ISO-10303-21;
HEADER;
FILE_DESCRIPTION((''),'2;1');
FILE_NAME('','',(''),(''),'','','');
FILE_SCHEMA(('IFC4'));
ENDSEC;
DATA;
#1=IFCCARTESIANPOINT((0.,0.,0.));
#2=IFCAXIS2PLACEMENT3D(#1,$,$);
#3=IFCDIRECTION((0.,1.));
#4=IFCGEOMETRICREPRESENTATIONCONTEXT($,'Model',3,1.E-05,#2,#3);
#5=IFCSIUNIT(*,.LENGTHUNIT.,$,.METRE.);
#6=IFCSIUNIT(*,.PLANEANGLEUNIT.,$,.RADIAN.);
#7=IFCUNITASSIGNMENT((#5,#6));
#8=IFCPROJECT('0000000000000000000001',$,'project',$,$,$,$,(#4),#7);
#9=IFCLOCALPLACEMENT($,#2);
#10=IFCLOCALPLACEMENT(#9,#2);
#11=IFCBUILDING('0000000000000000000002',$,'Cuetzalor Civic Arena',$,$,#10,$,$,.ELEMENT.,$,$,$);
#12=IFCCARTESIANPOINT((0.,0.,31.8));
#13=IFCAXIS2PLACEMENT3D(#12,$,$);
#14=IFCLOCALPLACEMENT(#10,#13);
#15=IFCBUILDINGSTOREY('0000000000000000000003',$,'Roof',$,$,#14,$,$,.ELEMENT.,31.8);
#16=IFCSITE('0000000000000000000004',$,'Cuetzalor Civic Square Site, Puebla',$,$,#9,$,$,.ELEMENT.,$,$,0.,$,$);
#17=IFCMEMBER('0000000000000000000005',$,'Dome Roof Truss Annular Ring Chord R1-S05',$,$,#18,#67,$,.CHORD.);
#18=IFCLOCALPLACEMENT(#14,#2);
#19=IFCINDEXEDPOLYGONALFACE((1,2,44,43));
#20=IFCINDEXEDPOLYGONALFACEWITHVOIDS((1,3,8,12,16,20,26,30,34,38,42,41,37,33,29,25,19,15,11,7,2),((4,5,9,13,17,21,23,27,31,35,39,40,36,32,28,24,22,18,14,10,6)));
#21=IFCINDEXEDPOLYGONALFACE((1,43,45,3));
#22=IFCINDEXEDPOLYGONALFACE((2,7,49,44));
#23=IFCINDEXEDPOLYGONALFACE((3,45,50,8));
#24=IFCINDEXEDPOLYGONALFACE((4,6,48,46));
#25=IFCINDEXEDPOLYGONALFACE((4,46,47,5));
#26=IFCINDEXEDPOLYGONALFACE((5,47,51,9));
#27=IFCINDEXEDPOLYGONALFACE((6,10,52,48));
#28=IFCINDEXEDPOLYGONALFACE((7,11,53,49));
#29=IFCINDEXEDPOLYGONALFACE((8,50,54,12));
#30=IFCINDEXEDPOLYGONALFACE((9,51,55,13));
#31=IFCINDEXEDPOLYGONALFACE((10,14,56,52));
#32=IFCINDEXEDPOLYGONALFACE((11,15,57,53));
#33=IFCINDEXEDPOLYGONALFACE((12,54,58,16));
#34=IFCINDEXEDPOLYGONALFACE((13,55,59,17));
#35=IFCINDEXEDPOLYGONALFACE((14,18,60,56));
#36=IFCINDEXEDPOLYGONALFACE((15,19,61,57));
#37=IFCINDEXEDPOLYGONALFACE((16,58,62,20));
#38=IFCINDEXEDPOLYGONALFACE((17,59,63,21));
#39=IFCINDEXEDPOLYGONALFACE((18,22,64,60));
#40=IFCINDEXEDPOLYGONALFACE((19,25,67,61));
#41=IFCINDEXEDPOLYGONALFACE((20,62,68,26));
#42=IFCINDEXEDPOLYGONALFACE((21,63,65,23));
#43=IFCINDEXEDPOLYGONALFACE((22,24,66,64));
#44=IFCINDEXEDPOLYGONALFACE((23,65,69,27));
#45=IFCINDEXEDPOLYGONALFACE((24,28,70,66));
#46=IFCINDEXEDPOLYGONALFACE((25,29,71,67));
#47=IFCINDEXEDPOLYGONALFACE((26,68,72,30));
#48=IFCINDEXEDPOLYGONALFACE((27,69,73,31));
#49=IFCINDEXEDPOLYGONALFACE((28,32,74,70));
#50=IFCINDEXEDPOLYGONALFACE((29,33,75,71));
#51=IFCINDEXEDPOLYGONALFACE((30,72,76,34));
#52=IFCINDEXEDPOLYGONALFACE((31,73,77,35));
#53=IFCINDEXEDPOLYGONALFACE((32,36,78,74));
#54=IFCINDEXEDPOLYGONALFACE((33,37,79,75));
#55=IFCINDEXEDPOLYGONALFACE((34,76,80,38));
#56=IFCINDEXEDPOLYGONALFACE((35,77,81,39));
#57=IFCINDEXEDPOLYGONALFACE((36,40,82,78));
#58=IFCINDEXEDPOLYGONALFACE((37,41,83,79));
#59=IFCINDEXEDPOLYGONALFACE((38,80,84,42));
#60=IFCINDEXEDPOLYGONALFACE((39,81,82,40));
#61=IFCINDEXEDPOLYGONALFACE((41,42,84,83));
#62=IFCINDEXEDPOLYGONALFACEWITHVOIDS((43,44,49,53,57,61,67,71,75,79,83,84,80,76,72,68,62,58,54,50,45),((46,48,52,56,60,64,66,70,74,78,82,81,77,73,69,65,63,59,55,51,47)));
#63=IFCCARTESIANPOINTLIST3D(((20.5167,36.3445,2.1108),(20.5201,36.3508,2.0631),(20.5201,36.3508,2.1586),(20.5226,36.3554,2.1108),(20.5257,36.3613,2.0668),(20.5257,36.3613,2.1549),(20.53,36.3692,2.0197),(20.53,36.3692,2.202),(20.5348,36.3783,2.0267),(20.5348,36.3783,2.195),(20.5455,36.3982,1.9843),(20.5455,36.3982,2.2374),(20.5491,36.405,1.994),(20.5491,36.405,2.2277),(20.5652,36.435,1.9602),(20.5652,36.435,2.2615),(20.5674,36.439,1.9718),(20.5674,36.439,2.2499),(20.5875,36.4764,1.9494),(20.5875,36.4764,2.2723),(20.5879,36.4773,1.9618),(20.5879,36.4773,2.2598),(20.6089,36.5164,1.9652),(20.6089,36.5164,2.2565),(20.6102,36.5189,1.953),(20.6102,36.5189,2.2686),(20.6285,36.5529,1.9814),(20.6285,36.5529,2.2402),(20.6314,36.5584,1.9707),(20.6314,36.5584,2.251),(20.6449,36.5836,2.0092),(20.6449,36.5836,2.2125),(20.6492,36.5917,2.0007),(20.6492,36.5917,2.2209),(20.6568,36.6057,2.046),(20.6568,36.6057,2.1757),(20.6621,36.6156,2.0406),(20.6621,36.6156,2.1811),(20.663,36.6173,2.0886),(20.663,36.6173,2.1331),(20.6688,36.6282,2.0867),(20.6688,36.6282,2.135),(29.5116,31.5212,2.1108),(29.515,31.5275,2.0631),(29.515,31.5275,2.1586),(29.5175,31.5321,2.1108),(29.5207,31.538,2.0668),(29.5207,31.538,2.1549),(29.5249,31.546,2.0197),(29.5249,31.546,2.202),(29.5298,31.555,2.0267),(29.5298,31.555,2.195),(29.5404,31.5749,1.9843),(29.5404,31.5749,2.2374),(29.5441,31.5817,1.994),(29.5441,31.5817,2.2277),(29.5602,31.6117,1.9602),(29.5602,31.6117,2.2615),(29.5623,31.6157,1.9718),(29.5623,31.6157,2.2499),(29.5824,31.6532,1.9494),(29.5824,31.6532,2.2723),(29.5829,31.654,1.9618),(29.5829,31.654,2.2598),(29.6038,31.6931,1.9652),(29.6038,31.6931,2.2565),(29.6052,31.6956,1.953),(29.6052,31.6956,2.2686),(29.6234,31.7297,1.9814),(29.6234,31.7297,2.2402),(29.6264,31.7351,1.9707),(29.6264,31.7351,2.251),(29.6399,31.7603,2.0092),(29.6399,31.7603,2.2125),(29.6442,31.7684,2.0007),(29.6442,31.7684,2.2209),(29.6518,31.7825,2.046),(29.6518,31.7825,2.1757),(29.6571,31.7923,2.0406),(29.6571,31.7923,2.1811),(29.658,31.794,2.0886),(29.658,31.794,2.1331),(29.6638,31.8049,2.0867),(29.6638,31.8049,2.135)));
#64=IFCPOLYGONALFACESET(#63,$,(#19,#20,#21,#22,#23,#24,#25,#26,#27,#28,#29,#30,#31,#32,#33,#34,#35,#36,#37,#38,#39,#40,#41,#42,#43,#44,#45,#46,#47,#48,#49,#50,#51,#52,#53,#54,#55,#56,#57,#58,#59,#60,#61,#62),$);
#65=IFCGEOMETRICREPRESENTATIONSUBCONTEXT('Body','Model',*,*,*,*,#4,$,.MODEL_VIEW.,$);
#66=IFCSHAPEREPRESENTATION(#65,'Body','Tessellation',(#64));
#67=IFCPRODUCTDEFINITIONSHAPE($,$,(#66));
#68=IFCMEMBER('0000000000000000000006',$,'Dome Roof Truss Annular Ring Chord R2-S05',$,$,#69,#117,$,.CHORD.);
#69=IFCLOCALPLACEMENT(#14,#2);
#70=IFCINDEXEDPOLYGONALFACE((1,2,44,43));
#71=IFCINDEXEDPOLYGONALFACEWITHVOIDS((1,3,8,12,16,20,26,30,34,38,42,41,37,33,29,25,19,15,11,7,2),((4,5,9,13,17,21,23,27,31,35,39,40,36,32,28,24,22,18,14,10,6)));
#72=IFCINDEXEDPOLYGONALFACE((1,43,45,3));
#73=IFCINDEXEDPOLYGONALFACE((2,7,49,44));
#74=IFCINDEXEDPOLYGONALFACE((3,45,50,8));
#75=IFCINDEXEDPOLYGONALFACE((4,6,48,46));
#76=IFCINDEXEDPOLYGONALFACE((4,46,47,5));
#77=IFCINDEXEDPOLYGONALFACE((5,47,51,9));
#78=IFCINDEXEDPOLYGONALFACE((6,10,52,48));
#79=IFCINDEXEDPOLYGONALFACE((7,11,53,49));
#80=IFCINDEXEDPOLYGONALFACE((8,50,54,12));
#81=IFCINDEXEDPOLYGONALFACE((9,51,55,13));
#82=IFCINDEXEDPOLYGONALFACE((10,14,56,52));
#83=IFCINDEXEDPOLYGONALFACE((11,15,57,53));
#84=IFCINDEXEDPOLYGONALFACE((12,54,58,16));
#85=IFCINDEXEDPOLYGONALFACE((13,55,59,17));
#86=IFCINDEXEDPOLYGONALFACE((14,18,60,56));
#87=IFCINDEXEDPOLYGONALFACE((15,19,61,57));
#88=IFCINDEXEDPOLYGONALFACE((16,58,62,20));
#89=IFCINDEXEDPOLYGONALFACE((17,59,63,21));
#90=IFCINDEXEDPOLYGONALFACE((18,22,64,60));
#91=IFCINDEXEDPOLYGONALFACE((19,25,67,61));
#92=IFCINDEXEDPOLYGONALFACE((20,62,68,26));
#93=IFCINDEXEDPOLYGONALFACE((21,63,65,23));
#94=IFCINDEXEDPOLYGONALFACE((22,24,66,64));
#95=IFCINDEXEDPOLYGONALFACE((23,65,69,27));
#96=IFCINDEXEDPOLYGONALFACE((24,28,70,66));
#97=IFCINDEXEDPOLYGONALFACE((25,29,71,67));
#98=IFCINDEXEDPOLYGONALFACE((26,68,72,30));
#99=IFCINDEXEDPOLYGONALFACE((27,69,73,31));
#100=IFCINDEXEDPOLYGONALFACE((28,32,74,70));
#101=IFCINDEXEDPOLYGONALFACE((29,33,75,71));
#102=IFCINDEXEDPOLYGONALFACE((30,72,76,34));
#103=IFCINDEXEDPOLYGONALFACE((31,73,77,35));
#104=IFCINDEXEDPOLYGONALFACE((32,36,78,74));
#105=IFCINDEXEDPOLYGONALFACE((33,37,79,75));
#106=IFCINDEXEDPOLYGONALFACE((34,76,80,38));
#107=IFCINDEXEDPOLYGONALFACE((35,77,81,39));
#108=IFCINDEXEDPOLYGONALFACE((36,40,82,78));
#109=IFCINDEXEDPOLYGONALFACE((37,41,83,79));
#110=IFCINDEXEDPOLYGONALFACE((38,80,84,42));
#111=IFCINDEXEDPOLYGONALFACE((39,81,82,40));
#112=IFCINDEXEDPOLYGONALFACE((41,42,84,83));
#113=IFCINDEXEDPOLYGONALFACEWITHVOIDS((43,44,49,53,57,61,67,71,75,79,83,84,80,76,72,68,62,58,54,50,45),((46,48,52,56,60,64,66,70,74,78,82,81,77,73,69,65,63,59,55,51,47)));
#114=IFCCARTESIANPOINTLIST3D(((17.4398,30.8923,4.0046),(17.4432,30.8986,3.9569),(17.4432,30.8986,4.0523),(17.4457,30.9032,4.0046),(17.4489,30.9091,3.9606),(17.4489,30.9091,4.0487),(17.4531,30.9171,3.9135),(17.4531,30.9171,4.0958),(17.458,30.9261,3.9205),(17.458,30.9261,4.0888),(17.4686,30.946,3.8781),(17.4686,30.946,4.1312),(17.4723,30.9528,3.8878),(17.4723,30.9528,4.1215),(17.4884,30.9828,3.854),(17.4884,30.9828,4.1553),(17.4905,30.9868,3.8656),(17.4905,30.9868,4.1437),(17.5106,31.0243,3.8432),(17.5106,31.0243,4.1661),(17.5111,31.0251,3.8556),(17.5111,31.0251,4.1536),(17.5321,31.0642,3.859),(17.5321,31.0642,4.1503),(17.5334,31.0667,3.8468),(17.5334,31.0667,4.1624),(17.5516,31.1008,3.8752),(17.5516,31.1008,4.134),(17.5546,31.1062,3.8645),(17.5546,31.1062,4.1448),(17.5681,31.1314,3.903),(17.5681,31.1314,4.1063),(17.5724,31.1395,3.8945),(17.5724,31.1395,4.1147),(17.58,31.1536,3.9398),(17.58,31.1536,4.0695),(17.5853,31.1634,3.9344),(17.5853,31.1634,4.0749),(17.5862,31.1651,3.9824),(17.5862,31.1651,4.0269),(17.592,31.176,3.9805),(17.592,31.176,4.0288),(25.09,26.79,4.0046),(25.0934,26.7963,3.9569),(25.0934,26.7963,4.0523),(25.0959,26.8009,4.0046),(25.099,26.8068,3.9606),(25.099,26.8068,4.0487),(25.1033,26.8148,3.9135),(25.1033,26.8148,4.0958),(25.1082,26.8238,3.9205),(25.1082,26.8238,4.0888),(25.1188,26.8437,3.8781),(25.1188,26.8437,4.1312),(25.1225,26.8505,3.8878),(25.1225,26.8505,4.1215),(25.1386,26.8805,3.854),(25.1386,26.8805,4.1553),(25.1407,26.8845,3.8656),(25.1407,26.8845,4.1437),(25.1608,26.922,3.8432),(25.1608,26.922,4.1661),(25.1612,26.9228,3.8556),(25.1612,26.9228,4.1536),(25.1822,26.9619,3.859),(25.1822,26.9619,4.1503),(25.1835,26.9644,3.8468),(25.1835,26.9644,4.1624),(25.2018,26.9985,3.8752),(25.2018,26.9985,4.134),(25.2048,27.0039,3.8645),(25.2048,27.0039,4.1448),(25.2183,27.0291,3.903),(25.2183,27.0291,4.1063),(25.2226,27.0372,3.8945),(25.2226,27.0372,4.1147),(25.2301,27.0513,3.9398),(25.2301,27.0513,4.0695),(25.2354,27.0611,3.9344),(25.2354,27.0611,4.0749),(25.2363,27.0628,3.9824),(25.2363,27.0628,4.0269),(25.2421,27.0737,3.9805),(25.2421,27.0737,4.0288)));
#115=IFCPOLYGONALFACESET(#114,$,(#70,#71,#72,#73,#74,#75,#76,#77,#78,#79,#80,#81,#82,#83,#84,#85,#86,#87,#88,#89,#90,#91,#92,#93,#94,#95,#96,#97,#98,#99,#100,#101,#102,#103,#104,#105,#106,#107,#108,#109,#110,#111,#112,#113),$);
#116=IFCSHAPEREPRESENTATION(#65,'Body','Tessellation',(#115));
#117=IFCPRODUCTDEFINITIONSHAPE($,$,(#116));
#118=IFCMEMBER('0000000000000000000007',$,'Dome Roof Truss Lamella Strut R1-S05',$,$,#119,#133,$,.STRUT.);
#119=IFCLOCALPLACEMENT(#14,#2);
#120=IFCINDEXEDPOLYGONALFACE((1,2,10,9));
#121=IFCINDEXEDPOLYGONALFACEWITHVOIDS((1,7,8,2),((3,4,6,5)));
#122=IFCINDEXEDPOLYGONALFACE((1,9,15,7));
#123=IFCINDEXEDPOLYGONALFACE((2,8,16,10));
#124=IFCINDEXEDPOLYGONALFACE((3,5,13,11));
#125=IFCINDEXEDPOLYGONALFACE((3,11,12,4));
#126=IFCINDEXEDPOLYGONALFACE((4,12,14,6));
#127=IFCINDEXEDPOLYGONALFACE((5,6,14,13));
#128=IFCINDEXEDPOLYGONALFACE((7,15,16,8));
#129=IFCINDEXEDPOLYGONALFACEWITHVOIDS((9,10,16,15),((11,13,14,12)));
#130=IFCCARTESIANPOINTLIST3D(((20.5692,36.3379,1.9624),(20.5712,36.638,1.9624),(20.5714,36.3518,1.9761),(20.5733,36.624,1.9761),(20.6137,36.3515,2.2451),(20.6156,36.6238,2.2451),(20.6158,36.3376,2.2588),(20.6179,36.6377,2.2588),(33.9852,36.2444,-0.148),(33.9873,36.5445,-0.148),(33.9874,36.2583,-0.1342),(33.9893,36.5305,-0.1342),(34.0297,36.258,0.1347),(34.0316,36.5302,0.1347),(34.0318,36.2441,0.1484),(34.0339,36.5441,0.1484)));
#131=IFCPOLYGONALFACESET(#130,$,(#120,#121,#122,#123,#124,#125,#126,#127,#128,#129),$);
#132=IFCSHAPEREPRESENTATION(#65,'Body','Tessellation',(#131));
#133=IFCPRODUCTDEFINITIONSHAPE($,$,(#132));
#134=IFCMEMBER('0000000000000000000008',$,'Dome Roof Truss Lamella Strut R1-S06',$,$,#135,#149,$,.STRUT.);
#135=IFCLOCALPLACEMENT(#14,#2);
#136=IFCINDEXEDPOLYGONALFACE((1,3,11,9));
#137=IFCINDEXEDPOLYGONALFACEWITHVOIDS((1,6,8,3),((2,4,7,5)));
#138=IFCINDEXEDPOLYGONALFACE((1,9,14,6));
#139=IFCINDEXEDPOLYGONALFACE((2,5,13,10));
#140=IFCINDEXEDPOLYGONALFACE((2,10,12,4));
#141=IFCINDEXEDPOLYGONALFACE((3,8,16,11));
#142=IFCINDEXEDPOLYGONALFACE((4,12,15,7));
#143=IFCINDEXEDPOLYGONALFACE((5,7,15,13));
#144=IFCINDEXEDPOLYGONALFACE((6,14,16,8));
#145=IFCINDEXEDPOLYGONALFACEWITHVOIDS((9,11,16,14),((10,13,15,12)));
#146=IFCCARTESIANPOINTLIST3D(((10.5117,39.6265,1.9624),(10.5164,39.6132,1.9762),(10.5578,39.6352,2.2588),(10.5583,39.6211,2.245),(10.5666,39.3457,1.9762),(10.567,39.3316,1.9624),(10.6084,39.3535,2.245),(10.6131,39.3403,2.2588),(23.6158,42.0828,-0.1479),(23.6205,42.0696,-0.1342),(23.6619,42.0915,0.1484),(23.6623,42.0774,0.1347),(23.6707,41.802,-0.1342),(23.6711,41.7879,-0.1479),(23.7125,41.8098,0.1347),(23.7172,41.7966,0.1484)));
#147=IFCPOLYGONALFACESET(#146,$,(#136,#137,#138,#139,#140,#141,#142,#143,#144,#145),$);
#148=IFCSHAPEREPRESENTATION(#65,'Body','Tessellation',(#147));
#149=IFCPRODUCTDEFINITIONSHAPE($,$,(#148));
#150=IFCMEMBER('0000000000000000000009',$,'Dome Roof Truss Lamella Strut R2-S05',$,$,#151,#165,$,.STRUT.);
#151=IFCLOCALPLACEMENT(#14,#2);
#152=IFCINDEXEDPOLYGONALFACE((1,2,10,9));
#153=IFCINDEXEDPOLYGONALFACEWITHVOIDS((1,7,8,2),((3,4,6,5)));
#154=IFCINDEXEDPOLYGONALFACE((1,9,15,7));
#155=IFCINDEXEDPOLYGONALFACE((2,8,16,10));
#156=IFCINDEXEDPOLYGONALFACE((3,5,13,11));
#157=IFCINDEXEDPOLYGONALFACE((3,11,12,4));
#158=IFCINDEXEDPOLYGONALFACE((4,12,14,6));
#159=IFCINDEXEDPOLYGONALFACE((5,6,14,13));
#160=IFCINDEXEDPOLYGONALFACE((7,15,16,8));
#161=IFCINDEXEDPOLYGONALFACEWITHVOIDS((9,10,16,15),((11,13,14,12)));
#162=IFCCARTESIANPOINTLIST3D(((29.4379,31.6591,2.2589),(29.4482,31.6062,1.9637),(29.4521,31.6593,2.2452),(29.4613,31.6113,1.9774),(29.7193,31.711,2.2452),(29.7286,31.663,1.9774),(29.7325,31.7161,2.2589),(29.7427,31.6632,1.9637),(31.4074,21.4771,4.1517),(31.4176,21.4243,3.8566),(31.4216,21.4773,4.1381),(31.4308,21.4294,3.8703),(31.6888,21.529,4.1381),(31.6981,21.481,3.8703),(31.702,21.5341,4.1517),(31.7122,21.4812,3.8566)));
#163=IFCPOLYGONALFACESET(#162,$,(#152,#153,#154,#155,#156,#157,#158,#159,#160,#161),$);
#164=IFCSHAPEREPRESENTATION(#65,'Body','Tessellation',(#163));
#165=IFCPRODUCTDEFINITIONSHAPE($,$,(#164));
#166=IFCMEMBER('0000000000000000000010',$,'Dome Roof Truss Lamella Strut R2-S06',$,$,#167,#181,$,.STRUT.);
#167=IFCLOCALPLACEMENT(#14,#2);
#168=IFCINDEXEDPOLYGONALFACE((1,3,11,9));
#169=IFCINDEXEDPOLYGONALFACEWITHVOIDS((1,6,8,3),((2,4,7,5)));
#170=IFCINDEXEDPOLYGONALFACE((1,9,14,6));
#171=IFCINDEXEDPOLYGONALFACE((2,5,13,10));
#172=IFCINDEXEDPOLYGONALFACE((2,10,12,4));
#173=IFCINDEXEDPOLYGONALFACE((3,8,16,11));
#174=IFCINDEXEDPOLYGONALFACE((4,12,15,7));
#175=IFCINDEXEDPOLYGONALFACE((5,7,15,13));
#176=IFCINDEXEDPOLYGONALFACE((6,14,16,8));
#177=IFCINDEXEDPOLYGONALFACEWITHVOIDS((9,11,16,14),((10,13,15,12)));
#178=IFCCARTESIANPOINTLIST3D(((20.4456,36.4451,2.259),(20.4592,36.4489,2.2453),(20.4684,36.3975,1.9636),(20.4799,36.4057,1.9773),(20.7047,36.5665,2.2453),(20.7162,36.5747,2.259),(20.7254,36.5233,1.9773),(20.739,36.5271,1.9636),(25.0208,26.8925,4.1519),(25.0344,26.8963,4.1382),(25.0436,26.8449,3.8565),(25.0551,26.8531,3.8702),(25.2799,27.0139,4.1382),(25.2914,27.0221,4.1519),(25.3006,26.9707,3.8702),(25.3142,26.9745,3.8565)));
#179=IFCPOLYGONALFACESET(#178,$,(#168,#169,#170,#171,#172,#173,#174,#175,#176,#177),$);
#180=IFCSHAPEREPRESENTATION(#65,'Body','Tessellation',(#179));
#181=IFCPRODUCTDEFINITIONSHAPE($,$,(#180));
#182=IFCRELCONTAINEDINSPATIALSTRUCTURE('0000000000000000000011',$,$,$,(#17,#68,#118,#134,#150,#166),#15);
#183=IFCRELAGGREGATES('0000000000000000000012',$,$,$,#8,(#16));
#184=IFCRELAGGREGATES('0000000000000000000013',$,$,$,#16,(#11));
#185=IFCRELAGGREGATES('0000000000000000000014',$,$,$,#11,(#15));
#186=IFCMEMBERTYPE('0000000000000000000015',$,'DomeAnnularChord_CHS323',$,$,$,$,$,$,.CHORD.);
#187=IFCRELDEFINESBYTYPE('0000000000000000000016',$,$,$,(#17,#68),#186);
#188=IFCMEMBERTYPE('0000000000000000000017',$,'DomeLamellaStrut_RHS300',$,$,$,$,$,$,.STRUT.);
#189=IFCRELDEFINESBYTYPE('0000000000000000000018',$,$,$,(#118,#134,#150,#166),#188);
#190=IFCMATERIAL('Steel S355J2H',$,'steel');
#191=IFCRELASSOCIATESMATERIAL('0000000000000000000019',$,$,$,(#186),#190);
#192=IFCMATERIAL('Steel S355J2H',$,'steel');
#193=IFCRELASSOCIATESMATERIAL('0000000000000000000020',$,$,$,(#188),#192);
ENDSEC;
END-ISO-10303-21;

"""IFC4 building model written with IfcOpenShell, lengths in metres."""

from ifc_helpers import new_model, si_unit, direction, frame, origin, origin_2d, place, context, subcontext, project, spatial, hollow_rectangle, hollow_circle, extrude, material, material_profile, profile_set, type_object, element, save


model = new_model("IFC4")

# Units and contexts
model_context = context("Model", 3, precision=1e-05, world=origin(), true_north=direction((0.0, 1.0)))
body_context = subcontext(model_context, "Body", "Model", "MODEL_VIEW")
ifc_project = project(units=[si_unit("LENGTHUNIT", "METRE"), si_unit("PLANEANGLEUNIT", "RADIAN")], contexts=[model_context])

# Site, building, storey
site_placement = place(None, origin())
site = spatial("IfcSite", under=ifc_project, at=site_placement, Name="Cuetzalor Civic Square Site, Puebla", CompositionType="ELEMENT", RefElevation=0.0)
building_placement = place(site_placement, origin())
building = spatial("IfcBuilding", under=site, at=building_placement, Name="Cuetzalor Civic Arena", CompositionType="ELEMENT")
storey_placement = place(building_placement, frame((0.0, 0.0, 31.8)))
storey = spatial("IfcBuildingStorey", under=building, at=storey_placement, Name="Roof", CompositionType="ELEMENT", Elevation=31.8)

# Members
ifc_material_1 = material(Name="Steel S355J2H", Category="steel")
ifc_material_profile_1 = material_profile(ifc_material_1, hollow_circle(Radius=0.1619, WallThickness=0.0125, at=origin_2d()), Name="CHS 323.9x12.5")
ifc_profile_set_1 = profile_set([ifc_material_profile_1], Name="Steel S355J2H")
member_type_1 = type_object("IfcMemberType", Name="DomeAnnularChord_CHS323", PredefinedType="CHORD", material=ifc_profile_set_1)
member_1_placement = place(storey_placement, frame((29.5881, 31.6638, 2.1108), z_axis=(-0.881294, 0.472569, 0.0), x_axis=(-0.472569, -0.881294, 0.0)))
element("IfcMember", 1, at=member_1_placement, inside=storey, type_object=member_type_1, Name="Dome Roof Truss Annular Ring Chord R1-S05", PredefinedType="CHORD", context=body_context, shape_type="SweptSolid", body=[
    extrude(hollow_circle(Radius=0.1619, WallThickness=0.0125, at=origin_2d()), origin(), (0.0, 0.0, 1.0), 10.2065),
])
member_2_placement = place(storey_placement, frame((25.1665, 26.9326, 4.0046), z_axis=(-0.881288, 0.47258, 0.0), x_axis=(-0.47258, -0.881288, 0.0)))
element("IfcMember", 2, at=member_2_placement, inside=storey, type_object=member_type_1, Name="Dome Roof Truss Annular Ring Chord R2-S05", PredefinedType="CHORD", context=body_context, shape_type="SweptSolid", body=[
    extrude(hollow_circle(Radius=0.1619, WallThickness=0.0125, at=origin_2d()), origin(), (0.0, 0.0, 1.0), 8.6807),
])
ifc_material_2 = material(Name="Steel S355J2H", Category="steel")
ifc_material_profile_2 = material_profile(ifc_material_2, hollow_rectangle(XDim=0.3, YDim=0.3, WallThickness=0.0139, at=origin_2d()), Name="RHS 300x300x14")
ifc_profile_set_2 = profile_set([ifc_material_profile_2], Name="Steel S355J2H")
member_type_2 = type_object("IfcMemberType", Name="DomeLamellaStrut_RHS300", PredefinedType="STRUT", material=ifc_profile_set_2)
member_3_placement = place(storey_placement, frame((34.0095, 36.3943, 0.0002), z_axis=(-0.98783, 0.006885, 0.155387), x_axis=(-0.00697, -0.999976, 0.0)))
element("IfcMember", 3, at=member_3_placement, inside=storey, type_object=member_type_2, Name="Dome Roof Truss Lamella Strut R1-S05", PredefinedType="STRUT", context=body_context, shape_type="SweptSolid", body=[
    extrude(hollow_rectangle(XDim=0.3, YDim=0.3, WallThickness=0.0139, at=origin_2d()), origin(), (0.0, 0.0, 1.0), 13.5813),
])
member_4_placement = place(storey_placement, frame((23.6665, 41.9397, 0.0002), z_axis=(-0.970795, -0.181972, 0.156343), x_axis=(0.184238, -0.982882, 0.0)))
element("IfcMember", 4, at=member_4_placement, inside=storey, type_object=member_type_2, Name="Dome Roof Truss Lamella Strut R1-S06", PredefinedType="STRUT", context=body_context, shape_type="SweptSolid", body=[
    extrude(hollow_rectangle(XDim=0.3, YDim=0.3, WallThickness=0.0139, at=origin_2d()), origin(), (0.0, 0.0, 1.0), 13.4983),
])
member_5_placement = place(storey_placement, frame((29.5903, 31.6611, 2.1113), z_axis=(0.186824, -0.965846, 0.179552), x_axis=(0.981802, 0.18991, 0.0)))
element("IfcMember", 5, at=member_5_placement, inside=storey, type_object=member_type_2, Name="Dome Roof Truss Lamella Strut R2-S05", PredefinedType="STRUT", context=body_context, shape_type="SweptSolid", body=[
    extrude(hollow_rectangle(XDim=0.3, YDim=0.3, WallThickness=0.0139, at=origin_2d()), origin(), (0.0, 0.0, 1.0), 10.542),
])
member_6_placement = place(storey_placement, frame((20.5923, 36.4861, 2.1113), z_axis=(0.425227, -0.887825, 0.175922), x_axis=(0.901891, 0.431964, 0.0)))
element("IfcMember", 6, at=member_6_placement, inside=storey, type_object=member_type_2, Name="Dome Roof Truss Lamella Strut R2-S06", PredefinedType="STRUT", context=body_context, shape_type="SweptSolid", body=[
    extrude(hollow_rectangle(XDim=0.3, YDim=0.3, WallThickness=0.0139, at=origin_2d()), origin(), (0.0, 0.0, 1.0), 10.7595),
])

save(model, "model.ifc")
